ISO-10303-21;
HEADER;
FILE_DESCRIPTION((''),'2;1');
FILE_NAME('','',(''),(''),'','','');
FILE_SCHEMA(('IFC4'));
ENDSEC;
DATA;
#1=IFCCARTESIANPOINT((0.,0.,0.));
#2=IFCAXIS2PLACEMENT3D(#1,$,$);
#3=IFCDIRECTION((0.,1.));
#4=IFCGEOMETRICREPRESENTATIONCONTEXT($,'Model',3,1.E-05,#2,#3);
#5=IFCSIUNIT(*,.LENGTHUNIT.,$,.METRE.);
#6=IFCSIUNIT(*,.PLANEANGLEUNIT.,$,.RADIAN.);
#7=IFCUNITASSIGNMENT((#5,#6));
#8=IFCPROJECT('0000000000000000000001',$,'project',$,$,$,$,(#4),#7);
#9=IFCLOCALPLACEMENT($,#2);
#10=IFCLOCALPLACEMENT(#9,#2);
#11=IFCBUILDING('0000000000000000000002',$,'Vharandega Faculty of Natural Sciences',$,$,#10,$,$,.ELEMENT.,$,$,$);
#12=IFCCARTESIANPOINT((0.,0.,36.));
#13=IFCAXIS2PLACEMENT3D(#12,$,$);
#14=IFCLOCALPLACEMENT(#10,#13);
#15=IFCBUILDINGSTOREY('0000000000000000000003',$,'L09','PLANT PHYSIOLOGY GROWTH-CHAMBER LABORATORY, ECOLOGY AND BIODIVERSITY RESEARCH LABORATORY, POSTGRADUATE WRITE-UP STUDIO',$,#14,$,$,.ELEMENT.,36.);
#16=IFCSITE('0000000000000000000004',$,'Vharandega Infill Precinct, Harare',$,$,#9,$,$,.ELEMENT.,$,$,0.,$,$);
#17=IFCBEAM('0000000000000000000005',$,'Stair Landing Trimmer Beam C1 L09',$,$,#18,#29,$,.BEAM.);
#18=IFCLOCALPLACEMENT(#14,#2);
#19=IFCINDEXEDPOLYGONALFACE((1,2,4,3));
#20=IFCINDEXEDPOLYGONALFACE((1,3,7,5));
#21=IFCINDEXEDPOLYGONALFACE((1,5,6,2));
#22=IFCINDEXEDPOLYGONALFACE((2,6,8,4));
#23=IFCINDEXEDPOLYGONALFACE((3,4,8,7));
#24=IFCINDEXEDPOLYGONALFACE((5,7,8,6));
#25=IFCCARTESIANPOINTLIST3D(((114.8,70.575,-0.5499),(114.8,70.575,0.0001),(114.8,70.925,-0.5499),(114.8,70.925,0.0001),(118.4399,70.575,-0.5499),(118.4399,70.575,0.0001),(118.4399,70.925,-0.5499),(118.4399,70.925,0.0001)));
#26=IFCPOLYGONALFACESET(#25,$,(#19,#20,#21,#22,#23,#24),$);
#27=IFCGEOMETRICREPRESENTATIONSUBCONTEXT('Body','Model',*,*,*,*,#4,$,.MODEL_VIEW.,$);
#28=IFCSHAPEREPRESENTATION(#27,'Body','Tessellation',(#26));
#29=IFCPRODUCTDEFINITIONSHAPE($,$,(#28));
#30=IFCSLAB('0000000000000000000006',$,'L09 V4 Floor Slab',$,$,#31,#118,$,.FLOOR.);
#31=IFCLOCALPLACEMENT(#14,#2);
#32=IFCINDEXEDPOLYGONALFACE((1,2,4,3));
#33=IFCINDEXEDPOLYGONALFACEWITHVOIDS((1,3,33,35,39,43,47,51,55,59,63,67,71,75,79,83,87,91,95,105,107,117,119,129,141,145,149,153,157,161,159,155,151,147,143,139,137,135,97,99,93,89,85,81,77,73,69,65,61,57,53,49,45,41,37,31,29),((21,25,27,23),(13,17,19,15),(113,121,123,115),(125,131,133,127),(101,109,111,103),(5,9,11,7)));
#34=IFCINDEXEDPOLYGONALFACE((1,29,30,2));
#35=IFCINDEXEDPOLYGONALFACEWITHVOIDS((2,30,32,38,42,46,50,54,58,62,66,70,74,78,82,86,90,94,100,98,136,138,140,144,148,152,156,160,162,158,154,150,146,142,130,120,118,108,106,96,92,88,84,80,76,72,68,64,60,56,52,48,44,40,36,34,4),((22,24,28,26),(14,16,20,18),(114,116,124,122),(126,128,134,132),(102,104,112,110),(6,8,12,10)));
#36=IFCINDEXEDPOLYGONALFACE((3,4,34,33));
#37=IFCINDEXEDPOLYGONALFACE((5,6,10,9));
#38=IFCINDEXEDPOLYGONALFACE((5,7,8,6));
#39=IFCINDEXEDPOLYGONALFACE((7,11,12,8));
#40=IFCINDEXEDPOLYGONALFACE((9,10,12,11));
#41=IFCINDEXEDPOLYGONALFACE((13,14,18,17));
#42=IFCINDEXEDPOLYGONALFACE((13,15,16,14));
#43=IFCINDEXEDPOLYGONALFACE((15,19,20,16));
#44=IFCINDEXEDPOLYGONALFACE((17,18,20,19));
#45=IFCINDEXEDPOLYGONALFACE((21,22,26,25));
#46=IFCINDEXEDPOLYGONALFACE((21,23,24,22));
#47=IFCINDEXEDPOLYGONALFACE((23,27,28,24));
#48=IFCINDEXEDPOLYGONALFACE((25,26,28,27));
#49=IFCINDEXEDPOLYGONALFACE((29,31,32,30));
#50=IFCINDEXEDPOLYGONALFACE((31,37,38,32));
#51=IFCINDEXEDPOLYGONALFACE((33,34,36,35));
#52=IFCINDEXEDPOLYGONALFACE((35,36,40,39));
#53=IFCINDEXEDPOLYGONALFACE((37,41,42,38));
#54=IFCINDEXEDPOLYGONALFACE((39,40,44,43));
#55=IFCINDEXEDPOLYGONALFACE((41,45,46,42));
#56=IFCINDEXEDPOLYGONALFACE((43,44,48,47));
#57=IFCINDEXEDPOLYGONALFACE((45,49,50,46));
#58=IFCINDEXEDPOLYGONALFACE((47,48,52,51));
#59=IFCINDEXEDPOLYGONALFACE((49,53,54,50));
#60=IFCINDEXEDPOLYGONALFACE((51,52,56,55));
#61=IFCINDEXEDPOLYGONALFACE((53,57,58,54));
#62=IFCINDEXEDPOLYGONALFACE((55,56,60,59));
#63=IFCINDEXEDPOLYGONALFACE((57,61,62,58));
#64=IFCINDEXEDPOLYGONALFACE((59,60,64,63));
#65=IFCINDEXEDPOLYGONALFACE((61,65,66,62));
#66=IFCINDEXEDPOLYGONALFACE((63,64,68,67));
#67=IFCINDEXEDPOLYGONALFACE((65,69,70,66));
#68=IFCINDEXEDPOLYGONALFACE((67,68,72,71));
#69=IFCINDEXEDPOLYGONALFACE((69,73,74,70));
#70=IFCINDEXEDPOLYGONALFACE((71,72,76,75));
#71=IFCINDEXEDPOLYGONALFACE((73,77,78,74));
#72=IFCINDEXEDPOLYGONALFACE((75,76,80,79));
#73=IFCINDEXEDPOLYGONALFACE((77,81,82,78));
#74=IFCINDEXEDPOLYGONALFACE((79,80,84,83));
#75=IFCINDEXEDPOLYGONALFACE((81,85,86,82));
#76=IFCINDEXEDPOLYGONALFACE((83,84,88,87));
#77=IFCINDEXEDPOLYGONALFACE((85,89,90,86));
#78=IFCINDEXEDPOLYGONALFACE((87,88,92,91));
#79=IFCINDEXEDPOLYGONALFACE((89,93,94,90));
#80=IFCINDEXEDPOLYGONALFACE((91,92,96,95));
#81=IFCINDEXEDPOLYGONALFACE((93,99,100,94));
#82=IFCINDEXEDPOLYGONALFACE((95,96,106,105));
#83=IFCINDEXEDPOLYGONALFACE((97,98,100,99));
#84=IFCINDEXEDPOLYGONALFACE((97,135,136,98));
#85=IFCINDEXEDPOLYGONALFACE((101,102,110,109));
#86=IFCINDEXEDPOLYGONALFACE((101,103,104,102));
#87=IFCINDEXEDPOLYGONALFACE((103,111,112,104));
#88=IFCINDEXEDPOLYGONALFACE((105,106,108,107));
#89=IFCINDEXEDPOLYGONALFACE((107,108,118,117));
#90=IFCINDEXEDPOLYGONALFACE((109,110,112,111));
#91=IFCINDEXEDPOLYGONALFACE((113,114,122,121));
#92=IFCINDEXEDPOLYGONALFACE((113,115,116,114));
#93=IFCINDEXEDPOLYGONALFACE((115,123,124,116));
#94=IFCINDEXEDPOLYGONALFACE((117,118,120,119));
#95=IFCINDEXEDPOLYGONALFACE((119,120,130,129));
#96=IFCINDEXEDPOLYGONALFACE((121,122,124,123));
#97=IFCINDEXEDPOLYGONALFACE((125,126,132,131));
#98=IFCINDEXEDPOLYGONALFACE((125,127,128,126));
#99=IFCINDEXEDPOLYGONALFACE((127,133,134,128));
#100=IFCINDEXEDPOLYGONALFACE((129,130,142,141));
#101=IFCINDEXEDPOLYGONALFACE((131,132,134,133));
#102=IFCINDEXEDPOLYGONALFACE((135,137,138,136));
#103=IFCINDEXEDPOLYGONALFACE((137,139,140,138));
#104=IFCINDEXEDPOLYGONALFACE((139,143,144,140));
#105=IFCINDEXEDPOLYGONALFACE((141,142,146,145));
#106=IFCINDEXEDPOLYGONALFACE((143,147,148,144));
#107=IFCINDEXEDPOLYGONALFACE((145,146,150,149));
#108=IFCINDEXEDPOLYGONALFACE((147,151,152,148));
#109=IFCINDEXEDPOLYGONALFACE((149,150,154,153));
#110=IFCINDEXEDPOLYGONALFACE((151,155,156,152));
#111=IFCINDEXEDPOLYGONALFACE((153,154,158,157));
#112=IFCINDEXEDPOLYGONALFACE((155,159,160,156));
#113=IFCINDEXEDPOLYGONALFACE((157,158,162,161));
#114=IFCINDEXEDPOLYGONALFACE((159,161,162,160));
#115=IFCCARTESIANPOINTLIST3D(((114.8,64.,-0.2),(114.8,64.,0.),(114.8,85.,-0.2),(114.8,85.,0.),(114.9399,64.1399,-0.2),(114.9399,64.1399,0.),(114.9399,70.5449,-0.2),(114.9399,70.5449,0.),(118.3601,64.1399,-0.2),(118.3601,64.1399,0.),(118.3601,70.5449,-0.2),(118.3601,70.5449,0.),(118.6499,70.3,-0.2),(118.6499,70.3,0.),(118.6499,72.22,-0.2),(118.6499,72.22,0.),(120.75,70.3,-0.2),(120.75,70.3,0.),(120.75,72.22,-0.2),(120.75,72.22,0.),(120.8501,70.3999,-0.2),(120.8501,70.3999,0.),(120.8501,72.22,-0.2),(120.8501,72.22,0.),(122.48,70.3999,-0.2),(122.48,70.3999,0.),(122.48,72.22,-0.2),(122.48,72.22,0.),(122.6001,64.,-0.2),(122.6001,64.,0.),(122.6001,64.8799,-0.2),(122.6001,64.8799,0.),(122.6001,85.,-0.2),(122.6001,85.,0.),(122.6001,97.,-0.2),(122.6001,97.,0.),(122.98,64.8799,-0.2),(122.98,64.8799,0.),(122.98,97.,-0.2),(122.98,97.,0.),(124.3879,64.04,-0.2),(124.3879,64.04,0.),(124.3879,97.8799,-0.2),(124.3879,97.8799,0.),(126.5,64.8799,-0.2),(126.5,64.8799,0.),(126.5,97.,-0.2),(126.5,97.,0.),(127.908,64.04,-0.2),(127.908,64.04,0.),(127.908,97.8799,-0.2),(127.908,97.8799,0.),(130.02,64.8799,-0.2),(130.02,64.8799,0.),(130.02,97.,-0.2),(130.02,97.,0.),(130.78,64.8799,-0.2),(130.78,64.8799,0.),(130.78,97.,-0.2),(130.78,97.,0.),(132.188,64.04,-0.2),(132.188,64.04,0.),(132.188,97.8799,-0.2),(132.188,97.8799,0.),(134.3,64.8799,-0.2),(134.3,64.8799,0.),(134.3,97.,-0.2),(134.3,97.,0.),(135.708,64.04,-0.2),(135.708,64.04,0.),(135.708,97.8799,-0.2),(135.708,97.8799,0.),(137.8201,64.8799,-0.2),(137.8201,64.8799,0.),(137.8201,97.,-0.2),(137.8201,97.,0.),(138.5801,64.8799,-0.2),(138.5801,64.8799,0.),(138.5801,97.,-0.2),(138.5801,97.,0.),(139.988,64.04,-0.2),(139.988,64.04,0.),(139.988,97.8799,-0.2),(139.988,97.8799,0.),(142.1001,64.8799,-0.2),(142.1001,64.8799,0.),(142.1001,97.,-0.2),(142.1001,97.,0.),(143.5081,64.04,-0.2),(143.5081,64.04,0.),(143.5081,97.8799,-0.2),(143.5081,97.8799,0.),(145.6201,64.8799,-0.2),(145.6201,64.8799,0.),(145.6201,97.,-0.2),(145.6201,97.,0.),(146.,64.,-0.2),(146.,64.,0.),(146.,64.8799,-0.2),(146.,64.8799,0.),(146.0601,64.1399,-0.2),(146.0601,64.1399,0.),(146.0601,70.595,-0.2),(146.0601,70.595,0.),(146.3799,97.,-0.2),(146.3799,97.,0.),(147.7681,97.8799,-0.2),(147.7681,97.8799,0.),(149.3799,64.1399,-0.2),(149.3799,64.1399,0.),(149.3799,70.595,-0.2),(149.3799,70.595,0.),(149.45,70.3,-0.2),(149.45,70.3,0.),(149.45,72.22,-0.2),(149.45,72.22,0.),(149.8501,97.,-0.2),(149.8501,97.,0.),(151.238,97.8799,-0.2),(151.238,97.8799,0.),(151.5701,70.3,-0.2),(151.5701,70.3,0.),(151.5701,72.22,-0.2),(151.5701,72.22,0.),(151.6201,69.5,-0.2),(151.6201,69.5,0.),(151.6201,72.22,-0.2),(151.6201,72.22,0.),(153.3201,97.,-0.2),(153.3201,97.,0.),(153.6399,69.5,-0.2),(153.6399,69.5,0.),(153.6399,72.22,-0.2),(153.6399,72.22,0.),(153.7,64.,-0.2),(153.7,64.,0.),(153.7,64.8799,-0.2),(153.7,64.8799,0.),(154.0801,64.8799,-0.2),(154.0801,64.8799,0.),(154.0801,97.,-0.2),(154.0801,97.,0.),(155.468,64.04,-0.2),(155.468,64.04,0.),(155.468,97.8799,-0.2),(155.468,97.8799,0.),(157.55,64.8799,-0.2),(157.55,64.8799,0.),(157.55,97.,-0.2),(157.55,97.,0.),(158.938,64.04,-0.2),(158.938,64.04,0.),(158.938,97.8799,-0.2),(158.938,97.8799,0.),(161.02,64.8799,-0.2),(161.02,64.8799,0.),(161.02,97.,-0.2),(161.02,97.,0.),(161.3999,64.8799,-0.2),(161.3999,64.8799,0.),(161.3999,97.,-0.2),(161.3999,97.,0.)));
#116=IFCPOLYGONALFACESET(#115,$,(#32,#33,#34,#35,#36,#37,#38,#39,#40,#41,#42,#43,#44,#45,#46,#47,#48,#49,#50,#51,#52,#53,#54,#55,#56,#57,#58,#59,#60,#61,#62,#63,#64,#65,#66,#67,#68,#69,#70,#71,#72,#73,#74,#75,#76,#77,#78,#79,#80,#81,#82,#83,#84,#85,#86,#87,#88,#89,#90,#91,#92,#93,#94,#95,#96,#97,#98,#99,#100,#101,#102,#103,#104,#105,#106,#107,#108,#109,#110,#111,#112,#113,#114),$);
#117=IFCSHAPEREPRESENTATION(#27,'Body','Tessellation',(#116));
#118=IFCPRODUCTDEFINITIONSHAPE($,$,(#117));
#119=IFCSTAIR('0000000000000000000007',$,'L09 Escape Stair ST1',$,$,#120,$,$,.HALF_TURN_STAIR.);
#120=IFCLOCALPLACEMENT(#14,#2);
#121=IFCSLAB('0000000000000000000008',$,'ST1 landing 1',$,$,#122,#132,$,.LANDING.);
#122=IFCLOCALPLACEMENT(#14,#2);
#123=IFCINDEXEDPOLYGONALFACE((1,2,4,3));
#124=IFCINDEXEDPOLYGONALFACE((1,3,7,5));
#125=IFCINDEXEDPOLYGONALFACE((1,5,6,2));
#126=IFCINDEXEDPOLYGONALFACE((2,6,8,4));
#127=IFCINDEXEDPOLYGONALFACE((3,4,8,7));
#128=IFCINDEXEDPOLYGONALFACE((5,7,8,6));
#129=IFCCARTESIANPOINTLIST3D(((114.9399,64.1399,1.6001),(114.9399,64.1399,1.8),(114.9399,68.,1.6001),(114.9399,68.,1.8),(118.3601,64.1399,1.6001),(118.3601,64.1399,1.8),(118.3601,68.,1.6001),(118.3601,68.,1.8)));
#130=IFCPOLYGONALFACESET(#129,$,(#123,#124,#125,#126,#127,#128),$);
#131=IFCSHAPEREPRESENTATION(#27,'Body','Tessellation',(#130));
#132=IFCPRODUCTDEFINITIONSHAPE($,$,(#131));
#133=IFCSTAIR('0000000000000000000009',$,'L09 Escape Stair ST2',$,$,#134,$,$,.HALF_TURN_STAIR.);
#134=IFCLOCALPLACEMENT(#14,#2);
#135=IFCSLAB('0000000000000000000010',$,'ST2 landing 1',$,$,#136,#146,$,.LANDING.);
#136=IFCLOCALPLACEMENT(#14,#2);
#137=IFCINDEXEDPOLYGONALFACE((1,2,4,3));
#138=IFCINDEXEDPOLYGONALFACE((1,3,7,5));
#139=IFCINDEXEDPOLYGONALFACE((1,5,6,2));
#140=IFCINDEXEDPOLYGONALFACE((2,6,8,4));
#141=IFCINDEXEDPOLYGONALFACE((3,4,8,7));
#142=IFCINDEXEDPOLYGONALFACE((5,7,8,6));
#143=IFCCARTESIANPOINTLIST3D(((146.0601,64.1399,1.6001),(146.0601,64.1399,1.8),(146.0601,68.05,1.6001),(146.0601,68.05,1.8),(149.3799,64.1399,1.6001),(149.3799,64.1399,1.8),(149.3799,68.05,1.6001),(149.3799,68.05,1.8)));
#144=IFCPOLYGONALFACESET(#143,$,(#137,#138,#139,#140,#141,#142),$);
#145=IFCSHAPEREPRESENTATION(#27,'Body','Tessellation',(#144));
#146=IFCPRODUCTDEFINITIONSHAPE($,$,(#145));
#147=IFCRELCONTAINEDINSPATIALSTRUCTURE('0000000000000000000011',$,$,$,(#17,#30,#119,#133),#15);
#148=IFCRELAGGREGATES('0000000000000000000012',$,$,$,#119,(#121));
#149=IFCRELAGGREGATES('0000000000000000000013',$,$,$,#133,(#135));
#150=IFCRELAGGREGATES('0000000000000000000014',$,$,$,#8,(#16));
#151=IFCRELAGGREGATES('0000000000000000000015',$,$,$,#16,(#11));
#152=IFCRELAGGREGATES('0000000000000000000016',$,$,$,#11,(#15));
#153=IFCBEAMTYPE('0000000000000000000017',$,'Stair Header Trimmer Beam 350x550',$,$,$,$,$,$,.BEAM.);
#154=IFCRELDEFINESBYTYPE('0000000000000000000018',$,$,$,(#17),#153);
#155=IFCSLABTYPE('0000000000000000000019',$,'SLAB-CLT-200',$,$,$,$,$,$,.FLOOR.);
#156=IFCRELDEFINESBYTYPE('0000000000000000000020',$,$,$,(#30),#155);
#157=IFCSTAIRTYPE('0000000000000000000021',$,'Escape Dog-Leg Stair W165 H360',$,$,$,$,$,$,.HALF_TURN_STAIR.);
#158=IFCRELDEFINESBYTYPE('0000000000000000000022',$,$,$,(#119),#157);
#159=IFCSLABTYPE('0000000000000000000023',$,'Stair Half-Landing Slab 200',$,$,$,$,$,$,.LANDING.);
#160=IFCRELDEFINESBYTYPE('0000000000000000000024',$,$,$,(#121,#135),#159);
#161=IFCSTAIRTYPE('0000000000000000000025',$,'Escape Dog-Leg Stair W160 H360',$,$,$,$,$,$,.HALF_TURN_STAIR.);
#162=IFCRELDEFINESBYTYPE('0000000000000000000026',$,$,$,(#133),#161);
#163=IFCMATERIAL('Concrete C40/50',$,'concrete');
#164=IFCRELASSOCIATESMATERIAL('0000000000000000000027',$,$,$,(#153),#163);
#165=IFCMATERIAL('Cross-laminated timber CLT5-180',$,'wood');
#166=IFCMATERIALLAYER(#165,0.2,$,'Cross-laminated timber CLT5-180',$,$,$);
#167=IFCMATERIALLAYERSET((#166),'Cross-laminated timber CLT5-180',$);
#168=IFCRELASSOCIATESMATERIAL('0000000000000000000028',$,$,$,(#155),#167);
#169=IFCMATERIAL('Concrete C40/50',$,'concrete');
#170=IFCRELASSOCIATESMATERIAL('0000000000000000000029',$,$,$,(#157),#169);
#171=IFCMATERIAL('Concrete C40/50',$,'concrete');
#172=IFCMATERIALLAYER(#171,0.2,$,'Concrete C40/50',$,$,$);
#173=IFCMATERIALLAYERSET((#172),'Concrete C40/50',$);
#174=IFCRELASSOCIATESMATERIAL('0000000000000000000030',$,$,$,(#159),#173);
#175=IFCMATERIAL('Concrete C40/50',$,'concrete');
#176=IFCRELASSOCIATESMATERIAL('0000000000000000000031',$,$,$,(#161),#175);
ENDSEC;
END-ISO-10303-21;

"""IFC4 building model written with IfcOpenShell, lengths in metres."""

from ifc_helpers import new_model, si_unit, direction, frame, origin, origin_2d, place, context, subcontext, project, spatial, polyline, rectangle, outline, extrude, material, layer, layer_set, material_profile, profile_set, type_object, element, aggregate, save


model = new_model("IFC4")

# Units and contexts
model_context = context("Model", 3, precision=1e-05, world=origin(), true_north=direction((0.0, 1.0)))
body_context = subcontext(model_context, "Body", "Model", "MODEL_VIEW")
ifc_project = project(units=[si_unit("LENGTHUNIT", "METRE"), si_unit("PLANEANGLEUNIT", "RADIAN")], contexts=[model_context])

# Site, building, storey
site_placement = place(None, origin())
site = spatial("IfcSite", under=ifc_project, at=site_placement, Name="Vharandega Infill Precinct, Harare", CompositionType="ELEMENT", RefElevation=0.0)
building_placement = place(site_placement, origin())
building = spatial("IfcBuilding", under=site, at=building_placement, Name="Vharandega Faculty of Natural Sciences", CompositionType="ELEMENT")
storey_placement = place(building_placement, frame((0.0, 0.0, 36.0)))
storey = spatial("IfcBuildingStorey", under=building, at=storey_placement, Name="L09", Description="PLANT PHYSIOLOGY GROWTH-CHAMBER LABORATORY, ECOLOGY AND BIODIVERSITY RESEARCH LABORATORY, POSTGRADUATE WRITE-UP STUDIO", CompositionType="ELEMENT", Elevation=36.0)

# Beam
ifc_material_1 = material(Name="Concrete C40/50", Category="concrete")
ifc_material_profile_1 = material_profile(ifc_material_1, rectangle(XDim=0.3501, YDim=0.55, at=origin_2d()), Name="RC 350x550")
ifc_profile_set_1 = profile_set([ifc_material_profile_1], Name="Concrete C40/50")
beam_type_1 = type_object("IfcBeamType", Name="Stair Header Trimmer Beam 350x550", PredefinedType="BEAM", material=ifc_profile_set_1)
beam_1_placement = place(storey_placement, frame((114.8, 70.75, -0.2749), z_axis=(1.0, 0.0, 0.0), x_axis=(0.0, 1.0, 0.0)))
element("IfcBeam", 1, at=beam_1_placement, inside=storey, type_object=beam_type_1, Name="Stair Landing Trimmer Beam C1 L09", PredefinedType="BEAM", context=body_context, shape_type="SweptSolid", body=[
    extrude(rectangle(XDim=0.3501, YDim=0.55, at=origin_2d()), origin(), (0.0, 0.0, 1.0), 3.6399),
])

# Slab
ifc_material_2 = material(Name="Cross-laminated timber CLT5-180", Category="wood")
ifc_layer_1 = layer(ifc_material_2, 0.2, Name="Cross-laminated timber CLT5-180")
ifc_layer_set_1 = layer_set([ifc_layer_1], Name="Cross-laminated timber CLT5-180")
slab_type_1 = type_object("IfcSlabType", Name="SLAB-CLT-200", PredefinedType="FLOOR", material=ifc_layer_set_1)
slab_1_placement = place(storey_placement, frame((0.0, 0.0, -0.2)))
element("IfcSlab", 2, at=slab_1_placement, inside=storey, type_object=slab_type_1, Name="L09 V4 Floor Slab", PredefinedType="FLOOR", context=body_context, shape_type="SweptSolid", body=[
    extrude(outline(polyline([(114.8, 64.0), (122.6001, 64.0), (122.6001, 64.8799), (122.98, 64.8799), (124.3879, 64.04), (126.5, 64.8799), (126.5, 64.8799), (127.908, 64.04), (130.02, 64.8799), (130.78, 64.8799), (132.188, 64.04), (134.3, 64.8799), (134.3, 64.8799), (135.708, 64.04), (137.8201, 64.8799), (138.5801, 64.8799), (139.988, 64.04), (142.1001, 64.8799), (142.1001, 64.8799), (143.5081, 64.04), (145.6201, 64.8799), (146.0, 64.8799), (146.0, 64.0), (153.7, 64.0), (153.7, 64.8799), (154.0801, 64.8799), (155.468, 64.04), (157.55, 64.8799), (157.55, 64.8799), (158.938, 64.04), (161.02, 64.8799), (161.3999, 64.8799), (161.3999, 64.0), (161.3999, 97.0), (161.02, 97.0), (158.938, 97.8799), (157.55, 97.0), (157.55, 97.0), (155.468, 97.8799), (154.0801, 97.0), (153.3201, 97.0), (151.238, 97.8799), (149.8501, 97.0), (149.8501, 97.0), (147.7681, 97.8799), (146.3799, 97.0), (145.6201, 97.0), (143.5081, 97.8799), (142.1001, 97.0), (142.1001, 97.0), (139.988, 97.8799), (138.5801, 97.0), (137.8201, 97.0), (135.708, 97.8799), (134.3, 97.0), (134.3, 97.0), (132.188, 97.8799), (130.78, 97.0), (130.02, 97.0), (127.908, 97.8799), (126.5, 97.0), (126.5, 97.0), (124.3879, 97.8799), (122.98, 97.0), (122.6001, 97.0), (122.6001, 85.0), (114.8, 85.0), (114.8, 64.0)]), holes=[polyline([(114.9399, 70.5449), (114.9399, 64.1399), (118.3601, 64.1399), (118.3601, 70.5449), (114.9399, 70.5449)]), polyline([(118.6499, 70.3), (120.75, 70.3), (120.75, 72.22), (118.6499, 72.22), (118.6499, 70.3)]), polyline([(120.8501, 70.3999), (122.48, 70.3999), (122.48, 72.22), (120.8501, 72.22), (120.8501, 70.3999)]), polyline([(146.0601, 70.595), (146.0601, 64.1399), (149.3799, 64.1399), (149.3799, 70.595), (146.0601, 70.595)]), polyline([(149.45, 70.3), (151.5701, 70.3), (151.5701, 72.22), (149.45, 72.22), (149.45, 70.3)]), polyline([(151.6201, 69.5), (153.6399, 69.5), (153.6399, 72.22), (151.6201, 72.22), (151.6201, 69.5)])]), origin(), (0.0, 0.0, 1.0), 0.2),
])

# Stairs, slabs
ifc_material_3 = material(Name="Concrete C40/50", Category="concrete")
stair_type_1 = type_object("IfcStairType", Name="Escape Dog-Leg Stair W165 H360", PredefinedType="HALF_TURN_STAIR", material=ifc_material_3)
stair_1_placement = place(storey_placement, origin())
stair_1 = element("IfcStair", 3, at=stair_1_placement, inside=storey, type_object=stair_type_1, Name="L09 Escape Stair ST1", PredefinedType="HALF_TURN_STAIR")
ifc_material_4 = material(Name="Concrete C40/50", Category="concrete")
ifc_layer_2 = layer(ifc_material_4, 0.2, Name="Concrete C40/50")
ifc_layer_set_2 = layer_set([ifc_layer_2], Name="Concrete C40/50")
slab_type_2 = type_object("IfcSlabType", Name="Stair Half-Landing Slab 200", PredefinedType="LANDING", material=ifc_layer_set_2)
slab_2_placement = place(storey_placement, frame((0.0, 0.0, 1.6001)))
slab_2 = element("IfcSlab", 4, at=slab_2_placement, type_object=slab_type_2, Name="ST1 landing 1", PredefinedType="LANDING", context=body_context, shape_type="SweptSolid", body=[
    extrude(outline(polyline([(114.9399, 68.0), (114.9399, 64.1399), (118.3601, 64.1399), (118.3601, 68.0), (114.9399, 68.0)])), origin(), (0.0, 0.0, 1.0), 0.2),
])
aggregate(stair_1, [slab_2])
ifc_material_5 = material(Name="Concrete C40/50", Category="concrete")
stair_type_2 = type_object("IfcStairType", Name="Escape Dog-Leg Stair W160 H360", PredefinedType="HALF_TURN_STAIR", material=ifc_material_5)
stair_2_placement = place(storey_placement, origin())
stair_2 = element("IfcStair", 5, at=stair_2_placement, inside=storey, type_object=stair_type_2, Name="L09 Escape Stair ST2", PredefinedType="HALF_TURN_STAIR")
slab_3_placement = place(storey_placement, frame((0.0, 0.0, 1.6001)))
slab_3 = element("IfcSlab", 6, at=slab_3_placement, type_object=slab_type_2, Name="ST2 landing 1", PredefinedType="LANDING", context=body_context, shape_type="SweptSolid", body=[
    extrude(outline(polyline([(146.0601, 68.05), (146.0601, 64.1399), (149.3799, 64.1399), (149.3799, 68.05), (146.0601, 68.05)])), origin(), (0.0, 0.0, 1.0), 0.2),
])
aggregate(stair_2, [slab_3])

save(model, "model.ifc")
